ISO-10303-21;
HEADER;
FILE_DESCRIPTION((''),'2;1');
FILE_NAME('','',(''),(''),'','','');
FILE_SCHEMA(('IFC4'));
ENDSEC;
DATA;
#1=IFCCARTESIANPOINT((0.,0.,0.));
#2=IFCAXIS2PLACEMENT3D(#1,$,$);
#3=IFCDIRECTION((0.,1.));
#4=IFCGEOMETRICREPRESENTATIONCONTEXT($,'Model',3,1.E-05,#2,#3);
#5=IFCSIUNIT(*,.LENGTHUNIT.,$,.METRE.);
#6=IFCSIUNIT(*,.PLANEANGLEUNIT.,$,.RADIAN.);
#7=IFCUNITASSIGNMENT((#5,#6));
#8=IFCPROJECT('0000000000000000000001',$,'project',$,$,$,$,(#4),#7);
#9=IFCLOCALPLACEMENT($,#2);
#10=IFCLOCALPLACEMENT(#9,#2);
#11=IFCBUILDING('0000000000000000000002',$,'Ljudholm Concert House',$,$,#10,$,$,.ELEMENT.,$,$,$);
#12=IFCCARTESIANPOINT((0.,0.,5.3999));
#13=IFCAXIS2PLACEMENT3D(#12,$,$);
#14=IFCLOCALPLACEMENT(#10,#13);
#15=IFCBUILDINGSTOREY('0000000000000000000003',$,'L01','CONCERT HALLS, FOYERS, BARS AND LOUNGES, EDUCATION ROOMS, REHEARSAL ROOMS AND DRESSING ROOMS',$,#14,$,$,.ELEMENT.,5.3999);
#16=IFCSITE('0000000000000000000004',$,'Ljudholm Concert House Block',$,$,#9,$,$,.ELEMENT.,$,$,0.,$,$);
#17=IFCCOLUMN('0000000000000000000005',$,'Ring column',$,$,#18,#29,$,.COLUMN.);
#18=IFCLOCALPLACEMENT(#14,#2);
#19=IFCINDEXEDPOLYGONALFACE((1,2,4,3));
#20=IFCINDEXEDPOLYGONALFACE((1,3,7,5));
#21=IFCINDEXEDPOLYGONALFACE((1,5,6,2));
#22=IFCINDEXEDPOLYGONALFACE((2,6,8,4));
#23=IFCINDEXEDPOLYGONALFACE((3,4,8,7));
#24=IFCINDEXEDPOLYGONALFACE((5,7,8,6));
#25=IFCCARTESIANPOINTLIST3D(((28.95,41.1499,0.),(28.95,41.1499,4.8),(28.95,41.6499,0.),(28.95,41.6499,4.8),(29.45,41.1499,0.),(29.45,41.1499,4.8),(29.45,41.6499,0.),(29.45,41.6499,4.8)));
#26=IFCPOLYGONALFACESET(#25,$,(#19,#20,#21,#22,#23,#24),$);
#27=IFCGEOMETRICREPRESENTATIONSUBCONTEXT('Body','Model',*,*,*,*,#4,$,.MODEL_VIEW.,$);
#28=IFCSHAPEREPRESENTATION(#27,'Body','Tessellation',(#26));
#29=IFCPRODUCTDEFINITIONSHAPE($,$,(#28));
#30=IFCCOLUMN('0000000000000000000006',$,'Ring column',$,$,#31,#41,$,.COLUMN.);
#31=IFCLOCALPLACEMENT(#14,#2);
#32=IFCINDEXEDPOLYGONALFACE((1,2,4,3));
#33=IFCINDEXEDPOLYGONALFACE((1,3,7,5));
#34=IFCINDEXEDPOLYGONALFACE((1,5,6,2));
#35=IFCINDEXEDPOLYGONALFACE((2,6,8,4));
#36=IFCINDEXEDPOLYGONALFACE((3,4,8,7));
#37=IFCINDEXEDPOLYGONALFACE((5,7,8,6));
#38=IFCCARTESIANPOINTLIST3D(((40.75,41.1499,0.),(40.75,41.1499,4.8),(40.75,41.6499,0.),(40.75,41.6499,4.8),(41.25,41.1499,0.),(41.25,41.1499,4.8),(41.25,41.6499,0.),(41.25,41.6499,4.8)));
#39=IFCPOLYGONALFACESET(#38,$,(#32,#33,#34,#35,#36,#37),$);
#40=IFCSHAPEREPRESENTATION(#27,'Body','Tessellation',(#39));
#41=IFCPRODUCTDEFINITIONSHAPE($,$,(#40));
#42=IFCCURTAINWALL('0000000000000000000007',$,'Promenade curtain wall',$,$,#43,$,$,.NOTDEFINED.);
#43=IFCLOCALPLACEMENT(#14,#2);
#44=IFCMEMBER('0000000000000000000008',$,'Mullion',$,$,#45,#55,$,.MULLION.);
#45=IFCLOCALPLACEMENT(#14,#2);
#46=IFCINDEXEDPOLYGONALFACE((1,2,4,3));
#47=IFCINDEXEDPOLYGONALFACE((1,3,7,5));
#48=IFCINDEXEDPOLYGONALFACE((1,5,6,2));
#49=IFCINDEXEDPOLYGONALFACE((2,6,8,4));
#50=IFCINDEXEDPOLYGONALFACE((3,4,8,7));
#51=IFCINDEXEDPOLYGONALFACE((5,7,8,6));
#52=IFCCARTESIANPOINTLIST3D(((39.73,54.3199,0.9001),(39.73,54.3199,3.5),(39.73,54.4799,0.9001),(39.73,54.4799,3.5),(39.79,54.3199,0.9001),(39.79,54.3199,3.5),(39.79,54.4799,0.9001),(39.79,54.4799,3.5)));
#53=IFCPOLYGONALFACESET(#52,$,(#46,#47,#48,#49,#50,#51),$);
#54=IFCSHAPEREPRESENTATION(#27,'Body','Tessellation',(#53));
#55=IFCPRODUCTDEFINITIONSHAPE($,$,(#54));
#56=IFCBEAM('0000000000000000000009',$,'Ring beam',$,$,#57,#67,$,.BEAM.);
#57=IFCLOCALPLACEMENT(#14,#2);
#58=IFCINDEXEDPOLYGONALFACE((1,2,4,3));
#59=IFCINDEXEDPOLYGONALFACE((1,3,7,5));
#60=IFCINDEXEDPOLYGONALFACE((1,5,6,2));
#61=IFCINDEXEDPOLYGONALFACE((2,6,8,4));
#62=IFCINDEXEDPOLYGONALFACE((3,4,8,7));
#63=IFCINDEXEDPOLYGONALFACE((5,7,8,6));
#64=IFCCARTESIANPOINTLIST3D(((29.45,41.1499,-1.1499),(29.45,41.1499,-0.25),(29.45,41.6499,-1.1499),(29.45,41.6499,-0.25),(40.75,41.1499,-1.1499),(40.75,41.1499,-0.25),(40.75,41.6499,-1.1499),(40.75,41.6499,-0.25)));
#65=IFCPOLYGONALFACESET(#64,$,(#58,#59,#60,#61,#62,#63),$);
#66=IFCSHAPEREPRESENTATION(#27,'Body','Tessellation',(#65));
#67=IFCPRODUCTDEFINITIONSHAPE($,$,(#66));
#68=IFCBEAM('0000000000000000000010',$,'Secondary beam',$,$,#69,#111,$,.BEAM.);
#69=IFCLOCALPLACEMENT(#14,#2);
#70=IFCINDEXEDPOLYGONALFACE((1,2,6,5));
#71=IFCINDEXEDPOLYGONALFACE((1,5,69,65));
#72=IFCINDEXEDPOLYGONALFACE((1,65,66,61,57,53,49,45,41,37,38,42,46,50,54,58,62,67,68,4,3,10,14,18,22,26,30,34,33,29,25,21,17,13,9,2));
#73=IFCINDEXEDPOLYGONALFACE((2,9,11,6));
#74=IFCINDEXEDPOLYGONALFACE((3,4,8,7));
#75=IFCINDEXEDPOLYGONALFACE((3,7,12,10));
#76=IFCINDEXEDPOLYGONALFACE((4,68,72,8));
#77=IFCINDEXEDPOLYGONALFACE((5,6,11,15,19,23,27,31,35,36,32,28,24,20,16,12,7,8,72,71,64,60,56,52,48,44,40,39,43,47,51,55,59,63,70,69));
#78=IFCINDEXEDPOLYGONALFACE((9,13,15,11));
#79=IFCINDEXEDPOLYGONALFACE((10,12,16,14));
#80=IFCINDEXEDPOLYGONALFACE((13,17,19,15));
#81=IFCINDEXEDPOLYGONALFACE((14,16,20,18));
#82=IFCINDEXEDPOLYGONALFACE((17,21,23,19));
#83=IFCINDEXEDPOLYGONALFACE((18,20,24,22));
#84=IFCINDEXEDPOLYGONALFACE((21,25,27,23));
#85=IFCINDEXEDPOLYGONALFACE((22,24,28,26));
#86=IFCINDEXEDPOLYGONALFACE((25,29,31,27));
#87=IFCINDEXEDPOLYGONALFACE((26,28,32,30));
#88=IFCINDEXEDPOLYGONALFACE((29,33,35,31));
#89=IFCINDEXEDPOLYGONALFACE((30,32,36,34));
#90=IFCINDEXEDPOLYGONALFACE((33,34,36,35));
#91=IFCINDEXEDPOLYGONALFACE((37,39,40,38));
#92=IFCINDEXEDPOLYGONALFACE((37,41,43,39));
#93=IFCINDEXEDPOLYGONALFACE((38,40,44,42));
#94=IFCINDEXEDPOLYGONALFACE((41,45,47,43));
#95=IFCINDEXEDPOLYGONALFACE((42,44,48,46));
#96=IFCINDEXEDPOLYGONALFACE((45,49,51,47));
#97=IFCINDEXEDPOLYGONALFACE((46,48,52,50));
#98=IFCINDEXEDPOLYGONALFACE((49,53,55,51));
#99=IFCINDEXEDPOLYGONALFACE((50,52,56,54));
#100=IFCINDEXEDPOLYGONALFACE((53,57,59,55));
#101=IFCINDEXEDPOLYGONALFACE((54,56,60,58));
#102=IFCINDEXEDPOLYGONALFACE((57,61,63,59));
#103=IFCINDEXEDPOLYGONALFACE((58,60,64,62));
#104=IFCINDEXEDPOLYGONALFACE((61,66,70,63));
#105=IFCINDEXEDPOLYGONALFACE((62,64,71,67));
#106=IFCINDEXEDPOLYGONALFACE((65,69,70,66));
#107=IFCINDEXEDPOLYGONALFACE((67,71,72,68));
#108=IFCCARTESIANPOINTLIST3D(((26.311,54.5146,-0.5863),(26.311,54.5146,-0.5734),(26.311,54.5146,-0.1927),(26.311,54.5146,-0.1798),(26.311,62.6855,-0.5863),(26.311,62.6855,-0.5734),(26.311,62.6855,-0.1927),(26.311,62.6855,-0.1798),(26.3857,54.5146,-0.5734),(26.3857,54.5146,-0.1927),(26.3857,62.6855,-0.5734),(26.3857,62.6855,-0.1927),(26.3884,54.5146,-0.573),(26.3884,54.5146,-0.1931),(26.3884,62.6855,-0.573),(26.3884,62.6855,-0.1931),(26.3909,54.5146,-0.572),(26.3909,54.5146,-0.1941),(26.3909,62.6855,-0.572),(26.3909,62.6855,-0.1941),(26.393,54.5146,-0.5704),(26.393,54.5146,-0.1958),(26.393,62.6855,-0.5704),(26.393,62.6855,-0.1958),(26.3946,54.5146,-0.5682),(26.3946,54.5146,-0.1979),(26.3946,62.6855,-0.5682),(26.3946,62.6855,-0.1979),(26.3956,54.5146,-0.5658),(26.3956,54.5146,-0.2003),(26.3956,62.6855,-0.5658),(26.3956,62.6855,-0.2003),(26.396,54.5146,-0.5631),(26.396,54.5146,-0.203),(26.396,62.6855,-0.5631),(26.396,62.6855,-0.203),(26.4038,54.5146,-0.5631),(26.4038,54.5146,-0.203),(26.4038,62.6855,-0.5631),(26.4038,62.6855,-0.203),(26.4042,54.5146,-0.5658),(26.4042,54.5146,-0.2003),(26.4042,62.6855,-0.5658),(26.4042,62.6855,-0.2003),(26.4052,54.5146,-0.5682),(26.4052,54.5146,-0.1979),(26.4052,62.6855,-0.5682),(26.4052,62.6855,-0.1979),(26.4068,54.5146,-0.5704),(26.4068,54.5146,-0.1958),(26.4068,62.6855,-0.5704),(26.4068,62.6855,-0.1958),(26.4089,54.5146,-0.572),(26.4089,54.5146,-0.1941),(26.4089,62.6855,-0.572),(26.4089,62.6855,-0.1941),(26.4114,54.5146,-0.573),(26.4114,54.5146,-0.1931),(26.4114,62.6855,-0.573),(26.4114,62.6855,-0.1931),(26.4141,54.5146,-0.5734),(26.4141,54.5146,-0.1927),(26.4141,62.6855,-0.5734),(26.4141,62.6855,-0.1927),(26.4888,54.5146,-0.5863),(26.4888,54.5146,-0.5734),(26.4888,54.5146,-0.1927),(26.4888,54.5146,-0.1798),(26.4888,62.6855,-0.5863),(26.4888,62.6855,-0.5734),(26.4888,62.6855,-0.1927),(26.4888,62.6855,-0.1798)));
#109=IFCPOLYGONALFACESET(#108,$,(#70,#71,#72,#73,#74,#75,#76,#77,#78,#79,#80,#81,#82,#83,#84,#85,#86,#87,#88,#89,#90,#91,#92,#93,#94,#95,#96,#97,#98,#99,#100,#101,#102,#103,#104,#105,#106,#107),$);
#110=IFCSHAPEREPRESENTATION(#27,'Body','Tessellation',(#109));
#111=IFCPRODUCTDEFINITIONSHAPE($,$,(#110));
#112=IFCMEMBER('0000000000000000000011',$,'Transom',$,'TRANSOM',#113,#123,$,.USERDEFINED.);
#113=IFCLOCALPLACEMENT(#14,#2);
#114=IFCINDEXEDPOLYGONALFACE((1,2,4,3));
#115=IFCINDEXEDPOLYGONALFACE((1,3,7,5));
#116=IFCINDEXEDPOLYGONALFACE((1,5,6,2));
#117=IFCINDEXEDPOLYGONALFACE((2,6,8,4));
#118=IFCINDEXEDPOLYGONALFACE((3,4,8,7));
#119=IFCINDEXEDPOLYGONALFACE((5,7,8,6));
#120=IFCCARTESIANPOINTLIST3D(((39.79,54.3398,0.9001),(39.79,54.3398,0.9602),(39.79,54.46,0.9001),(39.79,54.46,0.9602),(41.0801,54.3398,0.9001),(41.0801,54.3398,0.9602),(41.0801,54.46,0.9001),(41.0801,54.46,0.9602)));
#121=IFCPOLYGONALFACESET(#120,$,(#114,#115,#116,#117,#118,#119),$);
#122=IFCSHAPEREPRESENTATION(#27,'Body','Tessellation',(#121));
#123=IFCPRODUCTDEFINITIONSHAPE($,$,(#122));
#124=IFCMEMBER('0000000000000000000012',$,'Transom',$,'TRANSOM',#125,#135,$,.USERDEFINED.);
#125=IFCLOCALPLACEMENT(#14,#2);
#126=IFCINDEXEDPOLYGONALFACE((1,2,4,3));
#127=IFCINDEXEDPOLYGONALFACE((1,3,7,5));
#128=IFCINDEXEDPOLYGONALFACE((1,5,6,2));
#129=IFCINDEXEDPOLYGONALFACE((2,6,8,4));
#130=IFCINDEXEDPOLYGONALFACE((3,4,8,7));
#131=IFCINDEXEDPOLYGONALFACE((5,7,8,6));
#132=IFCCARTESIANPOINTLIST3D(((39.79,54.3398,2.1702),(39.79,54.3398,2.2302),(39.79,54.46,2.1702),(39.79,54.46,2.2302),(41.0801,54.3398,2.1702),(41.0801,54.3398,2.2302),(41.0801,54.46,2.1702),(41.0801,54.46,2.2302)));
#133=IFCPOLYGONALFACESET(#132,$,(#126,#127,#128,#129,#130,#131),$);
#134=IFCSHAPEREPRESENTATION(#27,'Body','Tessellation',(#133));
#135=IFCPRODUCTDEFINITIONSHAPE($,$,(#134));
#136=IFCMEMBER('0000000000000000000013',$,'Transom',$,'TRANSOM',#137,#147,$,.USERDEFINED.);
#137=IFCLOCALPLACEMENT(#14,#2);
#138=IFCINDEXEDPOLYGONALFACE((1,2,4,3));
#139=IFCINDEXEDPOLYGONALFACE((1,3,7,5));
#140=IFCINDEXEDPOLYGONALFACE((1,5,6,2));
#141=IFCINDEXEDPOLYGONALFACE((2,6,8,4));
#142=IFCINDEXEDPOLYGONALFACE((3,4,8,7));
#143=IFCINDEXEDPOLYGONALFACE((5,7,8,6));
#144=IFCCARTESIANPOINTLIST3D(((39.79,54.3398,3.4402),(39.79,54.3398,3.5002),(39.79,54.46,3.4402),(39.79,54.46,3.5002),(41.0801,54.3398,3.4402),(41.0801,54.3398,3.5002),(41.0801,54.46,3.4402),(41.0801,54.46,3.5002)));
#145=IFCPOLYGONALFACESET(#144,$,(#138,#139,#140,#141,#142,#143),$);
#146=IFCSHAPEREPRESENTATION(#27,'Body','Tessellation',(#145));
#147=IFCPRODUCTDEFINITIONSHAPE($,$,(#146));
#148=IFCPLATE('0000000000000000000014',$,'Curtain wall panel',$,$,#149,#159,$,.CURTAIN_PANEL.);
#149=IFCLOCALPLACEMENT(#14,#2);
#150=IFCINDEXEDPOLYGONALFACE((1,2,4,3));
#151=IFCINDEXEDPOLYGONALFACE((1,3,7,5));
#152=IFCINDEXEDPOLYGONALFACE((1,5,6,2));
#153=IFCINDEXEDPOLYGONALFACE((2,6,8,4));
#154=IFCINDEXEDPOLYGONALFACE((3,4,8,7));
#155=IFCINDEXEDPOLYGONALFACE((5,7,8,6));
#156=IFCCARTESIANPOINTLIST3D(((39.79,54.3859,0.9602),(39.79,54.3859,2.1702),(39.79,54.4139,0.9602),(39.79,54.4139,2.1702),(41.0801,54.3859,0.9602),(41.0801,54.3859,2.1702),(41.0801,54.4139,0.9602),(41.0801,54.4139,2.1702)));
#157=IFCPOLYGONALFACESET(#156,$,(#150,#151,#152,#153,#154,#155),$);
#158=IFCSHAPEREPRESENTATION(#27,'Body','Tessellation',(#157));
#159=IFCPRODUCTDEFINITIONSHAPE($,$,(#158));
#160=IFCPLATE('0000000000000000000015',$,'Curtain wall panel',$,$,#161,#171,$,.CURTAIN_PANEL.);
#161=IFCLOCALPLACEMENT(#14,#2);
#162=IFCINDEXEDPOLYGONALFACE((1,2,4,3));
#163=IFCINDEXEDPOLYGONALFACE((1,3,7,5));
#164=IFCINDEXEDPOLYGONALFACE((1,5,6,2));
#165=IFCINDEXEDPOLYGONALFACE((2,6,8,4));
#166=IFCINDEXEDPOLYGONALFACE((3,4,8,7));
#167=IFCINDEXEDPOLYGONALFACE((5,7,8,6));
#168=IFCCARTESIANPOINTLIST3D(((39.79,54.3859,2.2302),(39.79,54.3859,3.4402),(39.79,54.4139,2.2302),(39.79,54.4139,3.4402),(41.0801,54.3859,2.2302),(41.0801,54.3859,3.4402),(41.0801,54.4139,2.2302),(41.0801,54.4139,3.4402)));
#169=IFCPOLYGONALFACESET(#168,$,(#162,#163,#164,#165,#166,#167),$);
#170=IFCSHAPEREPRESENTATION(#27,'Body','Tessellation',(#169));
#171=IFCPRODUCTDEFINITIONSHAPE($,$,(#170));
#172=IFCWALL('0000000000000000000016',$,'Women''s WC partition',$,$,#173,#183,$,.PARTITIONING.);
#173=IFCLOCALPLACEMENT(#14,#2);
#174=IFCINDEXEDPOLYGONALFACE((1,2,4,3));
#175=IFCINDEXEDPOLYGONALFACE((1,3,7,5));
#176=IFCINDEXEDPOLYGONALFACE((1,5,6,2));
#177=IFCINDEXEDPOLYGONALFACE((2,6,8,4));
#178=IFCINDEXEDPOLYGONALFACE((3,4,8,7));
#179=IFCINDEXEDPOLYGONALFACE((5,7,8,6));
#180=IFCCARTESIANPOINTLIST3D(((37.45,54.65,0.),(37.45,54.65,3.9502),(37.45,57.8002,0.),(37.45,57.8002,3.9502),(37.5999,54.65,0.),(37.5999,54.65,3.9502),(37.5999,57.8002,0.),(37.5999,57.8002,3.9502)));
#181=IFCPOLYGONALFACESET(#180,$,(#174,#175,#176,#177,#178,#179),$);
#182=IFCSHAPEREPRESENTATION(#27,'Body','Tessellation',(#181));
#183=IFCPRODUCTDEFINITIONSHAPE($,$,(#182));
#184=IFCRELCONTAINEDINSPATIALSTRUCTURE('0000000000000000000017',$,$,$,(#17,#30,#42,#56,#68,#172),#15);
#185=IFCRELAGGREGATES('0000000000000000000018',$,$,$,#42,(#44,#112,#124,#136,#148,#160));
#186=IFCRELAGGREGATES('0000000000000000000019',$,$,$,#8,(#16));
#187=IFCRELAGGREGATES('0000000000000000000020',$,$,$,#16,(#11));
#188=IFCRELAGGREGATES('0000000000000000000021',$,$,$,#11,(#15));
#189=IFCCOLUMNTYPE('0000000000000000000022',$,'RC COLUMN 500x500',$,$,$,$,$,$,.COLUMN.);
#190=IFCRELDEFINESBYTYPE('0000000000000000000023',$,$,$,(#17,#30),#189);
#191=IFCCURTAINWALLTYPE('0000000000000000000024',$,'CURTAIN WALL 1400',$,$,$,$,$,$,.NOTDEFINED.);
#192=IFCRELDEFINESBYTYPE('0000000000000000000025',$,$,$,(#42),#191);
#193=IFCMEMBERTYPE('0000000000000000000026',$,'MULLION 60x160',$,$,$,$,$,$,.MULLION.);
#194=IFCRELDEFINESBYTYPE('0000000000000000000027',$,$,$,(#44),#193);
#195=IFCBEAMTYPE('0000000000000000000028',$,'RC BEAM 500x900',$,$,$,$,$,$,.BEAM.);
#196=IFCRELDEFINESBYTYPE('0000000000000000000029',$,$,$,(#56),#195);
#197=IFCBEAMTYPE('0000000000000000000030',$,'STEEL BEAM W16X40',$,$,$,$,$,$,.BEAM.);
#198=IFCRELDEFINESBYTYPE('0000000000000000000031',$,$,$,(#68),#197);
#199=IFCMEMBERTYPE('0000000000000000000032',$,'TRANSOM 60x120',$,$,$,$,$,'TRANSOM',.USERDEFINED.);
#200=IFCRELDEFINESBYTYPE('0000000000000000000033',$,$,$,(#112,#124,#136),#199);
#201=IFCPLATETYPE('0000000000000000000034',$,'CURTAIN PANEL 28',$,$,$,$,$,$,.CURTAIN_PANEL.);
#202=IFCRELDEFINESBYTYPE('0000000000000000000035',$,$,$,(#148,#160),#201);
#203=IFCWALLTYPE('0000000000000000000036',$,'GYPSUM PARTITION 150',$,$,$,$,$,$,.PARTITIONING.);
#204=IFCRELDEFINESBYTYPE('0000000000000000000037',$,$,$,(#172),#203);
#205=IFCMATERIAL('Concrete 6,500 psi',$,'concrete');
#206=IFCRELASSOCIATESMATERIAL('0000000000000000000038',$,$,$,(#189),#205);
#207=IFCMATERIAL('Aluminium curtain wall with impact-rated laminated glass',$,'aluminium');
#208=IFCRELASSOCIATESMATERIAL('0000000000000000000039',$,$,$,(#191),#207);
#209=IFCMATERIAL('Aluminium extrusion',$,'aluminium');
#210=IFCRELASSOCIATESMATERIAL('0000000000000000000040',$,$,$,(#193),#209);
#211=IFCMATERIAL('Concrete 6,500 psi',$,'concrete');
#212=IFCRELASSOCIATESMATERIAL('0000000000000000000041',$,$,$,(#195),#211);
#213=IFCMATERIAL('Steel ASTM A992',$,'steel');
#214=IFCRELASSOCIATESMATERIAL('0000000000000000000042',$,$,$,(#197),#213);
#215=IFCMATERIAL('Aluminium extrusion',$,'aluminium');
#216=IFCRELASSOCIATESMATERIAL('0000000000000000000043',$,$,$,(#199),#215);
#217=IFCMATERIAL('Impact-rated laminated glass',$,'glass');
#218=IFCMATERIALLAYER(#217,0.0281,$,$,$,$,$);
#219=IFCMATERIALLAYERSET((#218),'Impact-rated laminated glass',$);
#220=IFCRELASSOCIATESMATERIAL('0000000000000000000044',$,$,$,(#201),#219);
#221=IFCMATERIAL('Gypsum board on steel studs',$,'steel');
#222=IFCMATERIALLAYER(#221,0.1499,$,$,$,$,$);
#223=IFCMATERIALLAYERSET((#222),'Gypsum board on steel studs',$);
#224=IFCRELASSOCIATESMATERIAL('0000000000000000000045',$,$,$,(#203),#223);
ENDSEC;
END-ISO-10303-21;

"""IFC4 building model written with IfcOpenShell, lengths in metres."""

from ifc_helpers import new_model, si_unit, direction, frame, frame_2d, origin, origin_2d, place, context, subcontext, project, spatial, rectangle, i_section, extrude, material, layer, layer_set, material_profile, profile_set, type_object, element, aggregate, save


model = new_model("IFC4")

# Units and contexts
model_context = context("Model", 3, precision=1e-05, world=origin(), true_north=direction((0.0, 1.0)))
body_context = subcontext(model_context, "Body", "Model", "MODEL_VIEW")
ifc_project = project(units=[si_unit("LENGTHUNIT", "METRE"), si_unit("PLANEANGLEUNIT", "RADIAN")], contexts=[model_context])

# Site, building, storey
site_placement = place(None, origin())
site = spatial("IfcSite", under=ifc_project, at=site_placement, Name="Ljudholm Concert House Block", CompositionType="ELEMENT", RefElevation=0.0)
building_placement = place(site_placement, origin())
building = spatial("IfcBuilding", under=site, at=building_placement, Name="Ljudholm Concert House", CompositionType="ELEMENT")
storey_placement = place(building_placement, frame((0.0, 0.0, 5.3999)))
storey = spatial("IfcBuildingStorey", under=building, at=storey_placement, Name="L01", Description="CONCERT HALLS, FOYERS, BARS AND LOUNGES, EDUCATION ROOMS, REHEARSAL ROOMS AND DRESSING ROOMS", CompositionType="ELEMENT", Elevation=5.3999)

# Columns
ifc_material_1 = material(Name="Concrete 6,500 psi", Category="concrete")
ifc_material_profile_1 = material_profile(ifc_material_1, rectangle(XDim=0.5, YDim=0.5, at=origin_2d()), Name="RC COLUMN 500x500")
ifc_profile_set_1 = profile_set([ifc_material_profile_1], Name="Concrete 6,500 psi")
column_type = type_object("IfcColumnType", Name="RC COLUMN 500x500", PredefinedType="COLUMN", material=ifc_profile_set_1)
for number, where, z_axis, x_axis, name in (
    (1, (29.2, 41.3999, 0.0), (0.0, 0.0, 1.0), (1.0, 0.0, 0.0), "Ring column"),
    (2, (41.0, 41.3999, 0.0), (0.0, 0.0, 1.0), (1.0, 0.0, 0.0), "Ring column"),
):
    element("IfcColumn", number, at=place(storey_placement, frame(where, z_axis=z_axis, x_axis=x_axis)), inside=storey, type_object=column_type, Name=name, PredefinedType="COLUMN", context=body_context, shape_type="SweptSolid", body=[
        extrude(rectangle(XDim=0.5, YDim=0.5, at=origin_2d()), origin(), (0.0, 0.0, 1.0), 4.8),
    ])

# Curtain wall, member
ifc_material_2 = material(Name="Aluminium curtain wall with impact-rated laminated glass", Category="aluminium")
curtain_wall_type = type_object("IfcCurtainWallType", Name="CURTAIN WALL 1400", PredefinedType="NOTDEFINED", material=ifc_material_2)
curtain_wall_placement = place(storey_placement, origin())
curtain_wall = element("IfcCurtainWall", 3, at=curtain_wall_placement, inside=storey, type_object=curtain_wall_type, Name="Promenade curtain wall", PredefinedType="NOTDEFINED")
ifc_material_3 = material(Name="Aluminium extrusion", Category="aluminium")
ifc_material_profile_2 = material_profile(ifc_material_3, rectangle(XDim=0.1599, YDim=0.0601, at=origin_2d()), Name="MULLION 60x160")
ifc_profile_set_2 = profile_set([ifc_material_profile_2], Name="Aluminium extrusion")
member_type_1 = type_object("IfcMemberType", Name="MULLION 60x160", PredefinedType="MULLION", material=ifc_profile_set_2)
member_1_placement = place(storey_placement, frame((39.76, 54.3999, 0.9001), z_axis=(0.0, 0.0, 1.0), x_axis=(0.0, 1.0, 0.0)))
member_1 = element("IfcMember", 4, at=member_1_placement, type_object=member_type_1, Name="Mullion", PredefinedType="MULLION", context=body_context, shape_type="SweptSolid", body=[
    extrude(rectangle(XDim=0.1599, YDim=0.0601, at=origin_2d()), origin(), (0.0, 0.0, 1.0), 2.5999),
])

# Beams
ifc_material_4 = material(Name="Concrete 6,500 psi", Category="concrete")
ifc_material_profile_3 = material_profile(ifc_material_4, rectangle(XDim=0.5, YDim=0.8999, at=origin_2d()), Name="RC BEAM 500x900")
ifc_profile_set_3 = profile_set([ifc_material_profile_3], Name="Concrete 6,500 psi")
beam_type_1 = type_object("IfcBeamType", Name="RC BEAM 500x900", PredefinedType="BEAM", material=ifc_profile_set_3)
beam_1_placement = place(storey_placement, frame((29.45, 41.3999, -0.7), z_axis=(1.0, 0.0, 0.0), x_axis=(0.0, 1.0, 0.0)))
element("IfcBeam", 5, at=beam_1_placement, inside=storey, type_object=beam_type_1, Name="Ring beam", PredefinedType="BEAM", context=body_context, shape_type="SweptSolid", body=[
    extrude(rectangle(XDim=0.5, YDim=0.8999, at=origin_2d()), origin(), (0.0, 0.0, 1.0), 11.3),
])
ifc_material_5 = material(Name="Steel ASTM A992", Category="steel")
ifc_material_profile_4 = material_profile(ifc_material_5, i_section(OverallWidth=0.1777, OverallDepth=0.4065, WebThickness=0.0078, FlangeThickness=0.0129, FilletRadius=0.0103, at=origin_2d()), Name="W16X40")
ifc_profile_set_4 = profile_set([ifc_material_profile_4], Name="Steel ASTM A992")
beam_type_2 = type_object("IfcBeamType", Name="STEEL BEAM W16X40", PredefinedType="BEAM", material=ifc_profile_set_4)
beam_2_placement = place(storey_placement, frame((26.3999, 54.5146, -0.3831), z_axis=(0.0, 1.0, 0.0), x_axis=(-1.0, 0.0, 0.0)))
element("IfcBeam", 6, at=beam_2_placement, inside=storey, type_object=beam_type_2, Name="Secondary beam", PredefinedType="BEAM", context=body_context, shape_type="SweptSolid", body=[
    extrude(i_section(OverallWidth=0.1777, OverallDepth=0.4065, WebThickness=0.0078, FlangeThickness=0.0129, FilletRadius=0.0103, at=origin_2d()), origin(), (0.0, 0.0, 1.0), 8.1709),
])

# Members
ifc_material_6 = material(Name="Aluminium extrusion", Category="aluminium")
ifc_material_profile_5 = material_profile(ifc_material_6, rectangle(XDim=0.1201, YDim=0.0601, at=origin_2d()), Name="TRANSOM 60x120")
ifc_profile_set_5 = profile_set([ifc_material_profile_5], Name="Aluminium extrusion")
member_type_2 = type_object("IfcMemberType", Name="TRANSOM 60x120", ElementType="TRANSOM", PredefinedType="USERDEFINED", material=ifc_profile_set_5)
member_2_placement = place(storey_placement, frame((39.79, 54.3999, 0.9302), z_axis=(1.0, 0.0, 0.0), x_axis=(0.0, 1.0, 0.0)))
member_2 = element("IfcMember", 7, at=member_2_placement, type_object=member_type_2, Name="Transom", ObjectType="TRANSOM", PredefinedType="USERDEFINED", context=body_context, shape_type="SweptSolid", body=[
    extrude(rectangle(XDim=0.1201, YDim=0.0601, at=origin_2d()), origin(), (0.0, 0.0, 1.0), 1.29),
])
member_3_placement = place(storey_placement, frame((39.79, 54.3999, 2.2002), z_axis=(1.0, 0.0, 0.0), x_axis=(0.0, 1.0, 0.0)))
member_3 = element("IfcMember", 8, at=member_3_placement, type_object=member_type_2, Name="Transom", ObjectType="TRANSOM", PredefinedType="USERDEFINED", context=body_context, shape_type="SweptSolid", body=[
    extrude(rectangle(XDim=0.1201, YDim=0.0601, at=origin_2d()), origin(), (0.0, 0.0, 1.0), 1.29),
])
member_4_placement = place(storey_placement, frame((39.79, 54.3999, 3.4702), z_axis=(1.0, 0.0, 0.0), x_axis=(0.0, 1.0, 0.0)))
member_4 = element("IfcMember", 9, at=member_4_placement, type_object=member_type_2, Name="Transom", ObjectType="TRANSOM", PredefinedType="USERDEFINED", context=body_context, shape_type="SweptSolid", body=[
    extrude(rectangle(XDim=0.1201, YDim=0.0601, at=origin_2d()), origin(), (0.0, 0.0, 1.0), 1.29),
])

# Plates
ifc_material_7 = material(Name="Impact-rated laminated glass", Category="glass")
ifc_layer_1 = layer(ifc_material_7, 0.0281)
ifc_layer_set_1 = layer_set([ifc_layer_1], Name="Impact-rated laminated glass")
plate_type = type_object("IfcPlateType", Name="CURTAIN PANEL 28", PredefinedType="CURTAIN_PANEL", material=ifc_layer_set_1)
plate_1_placement = place(storey_placement, frame((40.4351, 54.3999, 0.9602), z_axis=(0.0, 0.0, 1.0), x_axis=(1.0, 0.0, 0.0)))
plate_1 = element("IfcPlate", 10, at=plate_1_placement, type_object=plate_type, Name="Curtain wall panel", PredefinedType="CURTAIN_PANEL", context=body_context, shape_type="SweptSolid", body=[
    extrude(rectangle(XDim=1.29, YDim=0.0281, at=origin_2d()), origin(), (0.0, 0.0, 1.0), 1.21),
])
plate_2_placement = place(storey_placement, frame((40.4351, 54.3999, 2.2302), z_axis=(0.0, 0.0, 1.0), x_axis=(1.0, 0.0, 0.0)))
plate_2 = element("IfcPlate", 11, at=plate_2_placement, type_object=plate_type, Name="Curtain wall panel", PredefinedType="CURTAIN_PANEL", context=body_context, shape_type="SweptSolid", body=[
    extrude(rectangle(XDim=1.29, YDim=0.0281, at=origin_2d()), origin(), (0.0, 0.0, 1.0), 1.21),
])
aggregate(curtain_wall, [member_1, member_2, member_3, member_4, plate_1, plate_2])

# Wall
ifc_material_8 = material(Name="Gypsum board on steel studs", Category="steel")
ifc_layer_2 = layer(ifc_material_8, 0.1499)
ifc_layer_set_2 = layer_set([ifc_layer_2], Name="Gypsum board on steel studs")
wall_type_1 = type_object("IfcWallType", Name="GYPSUM PARTITION 150", PredefinedType="PARTITIONING", material=ifc_layer_set_2)
wall_1_placement = place(storey_placement, frame((37.5249, 54.6499, 0.0), z_axis=(0.0, 0.0, 1.0), x_axis=(0.0, 1.0, 0.0)))
element("IfcWall", 12, at=wall_1_placement, inside=storey, type_object=wall_type_1, Name="Women's WC partition", PredefinedType="PARTITIONING", context=body_context, shape_type="SweptSolid", body=[
    extrude(rectangle(XDim=3.1501, YDim=0.1499, at=frame_2d((1.5752, 0.0))), origin(), (0.0, 0.0, 1.0), 3.9502),
])

save(model, "model.ifc")
